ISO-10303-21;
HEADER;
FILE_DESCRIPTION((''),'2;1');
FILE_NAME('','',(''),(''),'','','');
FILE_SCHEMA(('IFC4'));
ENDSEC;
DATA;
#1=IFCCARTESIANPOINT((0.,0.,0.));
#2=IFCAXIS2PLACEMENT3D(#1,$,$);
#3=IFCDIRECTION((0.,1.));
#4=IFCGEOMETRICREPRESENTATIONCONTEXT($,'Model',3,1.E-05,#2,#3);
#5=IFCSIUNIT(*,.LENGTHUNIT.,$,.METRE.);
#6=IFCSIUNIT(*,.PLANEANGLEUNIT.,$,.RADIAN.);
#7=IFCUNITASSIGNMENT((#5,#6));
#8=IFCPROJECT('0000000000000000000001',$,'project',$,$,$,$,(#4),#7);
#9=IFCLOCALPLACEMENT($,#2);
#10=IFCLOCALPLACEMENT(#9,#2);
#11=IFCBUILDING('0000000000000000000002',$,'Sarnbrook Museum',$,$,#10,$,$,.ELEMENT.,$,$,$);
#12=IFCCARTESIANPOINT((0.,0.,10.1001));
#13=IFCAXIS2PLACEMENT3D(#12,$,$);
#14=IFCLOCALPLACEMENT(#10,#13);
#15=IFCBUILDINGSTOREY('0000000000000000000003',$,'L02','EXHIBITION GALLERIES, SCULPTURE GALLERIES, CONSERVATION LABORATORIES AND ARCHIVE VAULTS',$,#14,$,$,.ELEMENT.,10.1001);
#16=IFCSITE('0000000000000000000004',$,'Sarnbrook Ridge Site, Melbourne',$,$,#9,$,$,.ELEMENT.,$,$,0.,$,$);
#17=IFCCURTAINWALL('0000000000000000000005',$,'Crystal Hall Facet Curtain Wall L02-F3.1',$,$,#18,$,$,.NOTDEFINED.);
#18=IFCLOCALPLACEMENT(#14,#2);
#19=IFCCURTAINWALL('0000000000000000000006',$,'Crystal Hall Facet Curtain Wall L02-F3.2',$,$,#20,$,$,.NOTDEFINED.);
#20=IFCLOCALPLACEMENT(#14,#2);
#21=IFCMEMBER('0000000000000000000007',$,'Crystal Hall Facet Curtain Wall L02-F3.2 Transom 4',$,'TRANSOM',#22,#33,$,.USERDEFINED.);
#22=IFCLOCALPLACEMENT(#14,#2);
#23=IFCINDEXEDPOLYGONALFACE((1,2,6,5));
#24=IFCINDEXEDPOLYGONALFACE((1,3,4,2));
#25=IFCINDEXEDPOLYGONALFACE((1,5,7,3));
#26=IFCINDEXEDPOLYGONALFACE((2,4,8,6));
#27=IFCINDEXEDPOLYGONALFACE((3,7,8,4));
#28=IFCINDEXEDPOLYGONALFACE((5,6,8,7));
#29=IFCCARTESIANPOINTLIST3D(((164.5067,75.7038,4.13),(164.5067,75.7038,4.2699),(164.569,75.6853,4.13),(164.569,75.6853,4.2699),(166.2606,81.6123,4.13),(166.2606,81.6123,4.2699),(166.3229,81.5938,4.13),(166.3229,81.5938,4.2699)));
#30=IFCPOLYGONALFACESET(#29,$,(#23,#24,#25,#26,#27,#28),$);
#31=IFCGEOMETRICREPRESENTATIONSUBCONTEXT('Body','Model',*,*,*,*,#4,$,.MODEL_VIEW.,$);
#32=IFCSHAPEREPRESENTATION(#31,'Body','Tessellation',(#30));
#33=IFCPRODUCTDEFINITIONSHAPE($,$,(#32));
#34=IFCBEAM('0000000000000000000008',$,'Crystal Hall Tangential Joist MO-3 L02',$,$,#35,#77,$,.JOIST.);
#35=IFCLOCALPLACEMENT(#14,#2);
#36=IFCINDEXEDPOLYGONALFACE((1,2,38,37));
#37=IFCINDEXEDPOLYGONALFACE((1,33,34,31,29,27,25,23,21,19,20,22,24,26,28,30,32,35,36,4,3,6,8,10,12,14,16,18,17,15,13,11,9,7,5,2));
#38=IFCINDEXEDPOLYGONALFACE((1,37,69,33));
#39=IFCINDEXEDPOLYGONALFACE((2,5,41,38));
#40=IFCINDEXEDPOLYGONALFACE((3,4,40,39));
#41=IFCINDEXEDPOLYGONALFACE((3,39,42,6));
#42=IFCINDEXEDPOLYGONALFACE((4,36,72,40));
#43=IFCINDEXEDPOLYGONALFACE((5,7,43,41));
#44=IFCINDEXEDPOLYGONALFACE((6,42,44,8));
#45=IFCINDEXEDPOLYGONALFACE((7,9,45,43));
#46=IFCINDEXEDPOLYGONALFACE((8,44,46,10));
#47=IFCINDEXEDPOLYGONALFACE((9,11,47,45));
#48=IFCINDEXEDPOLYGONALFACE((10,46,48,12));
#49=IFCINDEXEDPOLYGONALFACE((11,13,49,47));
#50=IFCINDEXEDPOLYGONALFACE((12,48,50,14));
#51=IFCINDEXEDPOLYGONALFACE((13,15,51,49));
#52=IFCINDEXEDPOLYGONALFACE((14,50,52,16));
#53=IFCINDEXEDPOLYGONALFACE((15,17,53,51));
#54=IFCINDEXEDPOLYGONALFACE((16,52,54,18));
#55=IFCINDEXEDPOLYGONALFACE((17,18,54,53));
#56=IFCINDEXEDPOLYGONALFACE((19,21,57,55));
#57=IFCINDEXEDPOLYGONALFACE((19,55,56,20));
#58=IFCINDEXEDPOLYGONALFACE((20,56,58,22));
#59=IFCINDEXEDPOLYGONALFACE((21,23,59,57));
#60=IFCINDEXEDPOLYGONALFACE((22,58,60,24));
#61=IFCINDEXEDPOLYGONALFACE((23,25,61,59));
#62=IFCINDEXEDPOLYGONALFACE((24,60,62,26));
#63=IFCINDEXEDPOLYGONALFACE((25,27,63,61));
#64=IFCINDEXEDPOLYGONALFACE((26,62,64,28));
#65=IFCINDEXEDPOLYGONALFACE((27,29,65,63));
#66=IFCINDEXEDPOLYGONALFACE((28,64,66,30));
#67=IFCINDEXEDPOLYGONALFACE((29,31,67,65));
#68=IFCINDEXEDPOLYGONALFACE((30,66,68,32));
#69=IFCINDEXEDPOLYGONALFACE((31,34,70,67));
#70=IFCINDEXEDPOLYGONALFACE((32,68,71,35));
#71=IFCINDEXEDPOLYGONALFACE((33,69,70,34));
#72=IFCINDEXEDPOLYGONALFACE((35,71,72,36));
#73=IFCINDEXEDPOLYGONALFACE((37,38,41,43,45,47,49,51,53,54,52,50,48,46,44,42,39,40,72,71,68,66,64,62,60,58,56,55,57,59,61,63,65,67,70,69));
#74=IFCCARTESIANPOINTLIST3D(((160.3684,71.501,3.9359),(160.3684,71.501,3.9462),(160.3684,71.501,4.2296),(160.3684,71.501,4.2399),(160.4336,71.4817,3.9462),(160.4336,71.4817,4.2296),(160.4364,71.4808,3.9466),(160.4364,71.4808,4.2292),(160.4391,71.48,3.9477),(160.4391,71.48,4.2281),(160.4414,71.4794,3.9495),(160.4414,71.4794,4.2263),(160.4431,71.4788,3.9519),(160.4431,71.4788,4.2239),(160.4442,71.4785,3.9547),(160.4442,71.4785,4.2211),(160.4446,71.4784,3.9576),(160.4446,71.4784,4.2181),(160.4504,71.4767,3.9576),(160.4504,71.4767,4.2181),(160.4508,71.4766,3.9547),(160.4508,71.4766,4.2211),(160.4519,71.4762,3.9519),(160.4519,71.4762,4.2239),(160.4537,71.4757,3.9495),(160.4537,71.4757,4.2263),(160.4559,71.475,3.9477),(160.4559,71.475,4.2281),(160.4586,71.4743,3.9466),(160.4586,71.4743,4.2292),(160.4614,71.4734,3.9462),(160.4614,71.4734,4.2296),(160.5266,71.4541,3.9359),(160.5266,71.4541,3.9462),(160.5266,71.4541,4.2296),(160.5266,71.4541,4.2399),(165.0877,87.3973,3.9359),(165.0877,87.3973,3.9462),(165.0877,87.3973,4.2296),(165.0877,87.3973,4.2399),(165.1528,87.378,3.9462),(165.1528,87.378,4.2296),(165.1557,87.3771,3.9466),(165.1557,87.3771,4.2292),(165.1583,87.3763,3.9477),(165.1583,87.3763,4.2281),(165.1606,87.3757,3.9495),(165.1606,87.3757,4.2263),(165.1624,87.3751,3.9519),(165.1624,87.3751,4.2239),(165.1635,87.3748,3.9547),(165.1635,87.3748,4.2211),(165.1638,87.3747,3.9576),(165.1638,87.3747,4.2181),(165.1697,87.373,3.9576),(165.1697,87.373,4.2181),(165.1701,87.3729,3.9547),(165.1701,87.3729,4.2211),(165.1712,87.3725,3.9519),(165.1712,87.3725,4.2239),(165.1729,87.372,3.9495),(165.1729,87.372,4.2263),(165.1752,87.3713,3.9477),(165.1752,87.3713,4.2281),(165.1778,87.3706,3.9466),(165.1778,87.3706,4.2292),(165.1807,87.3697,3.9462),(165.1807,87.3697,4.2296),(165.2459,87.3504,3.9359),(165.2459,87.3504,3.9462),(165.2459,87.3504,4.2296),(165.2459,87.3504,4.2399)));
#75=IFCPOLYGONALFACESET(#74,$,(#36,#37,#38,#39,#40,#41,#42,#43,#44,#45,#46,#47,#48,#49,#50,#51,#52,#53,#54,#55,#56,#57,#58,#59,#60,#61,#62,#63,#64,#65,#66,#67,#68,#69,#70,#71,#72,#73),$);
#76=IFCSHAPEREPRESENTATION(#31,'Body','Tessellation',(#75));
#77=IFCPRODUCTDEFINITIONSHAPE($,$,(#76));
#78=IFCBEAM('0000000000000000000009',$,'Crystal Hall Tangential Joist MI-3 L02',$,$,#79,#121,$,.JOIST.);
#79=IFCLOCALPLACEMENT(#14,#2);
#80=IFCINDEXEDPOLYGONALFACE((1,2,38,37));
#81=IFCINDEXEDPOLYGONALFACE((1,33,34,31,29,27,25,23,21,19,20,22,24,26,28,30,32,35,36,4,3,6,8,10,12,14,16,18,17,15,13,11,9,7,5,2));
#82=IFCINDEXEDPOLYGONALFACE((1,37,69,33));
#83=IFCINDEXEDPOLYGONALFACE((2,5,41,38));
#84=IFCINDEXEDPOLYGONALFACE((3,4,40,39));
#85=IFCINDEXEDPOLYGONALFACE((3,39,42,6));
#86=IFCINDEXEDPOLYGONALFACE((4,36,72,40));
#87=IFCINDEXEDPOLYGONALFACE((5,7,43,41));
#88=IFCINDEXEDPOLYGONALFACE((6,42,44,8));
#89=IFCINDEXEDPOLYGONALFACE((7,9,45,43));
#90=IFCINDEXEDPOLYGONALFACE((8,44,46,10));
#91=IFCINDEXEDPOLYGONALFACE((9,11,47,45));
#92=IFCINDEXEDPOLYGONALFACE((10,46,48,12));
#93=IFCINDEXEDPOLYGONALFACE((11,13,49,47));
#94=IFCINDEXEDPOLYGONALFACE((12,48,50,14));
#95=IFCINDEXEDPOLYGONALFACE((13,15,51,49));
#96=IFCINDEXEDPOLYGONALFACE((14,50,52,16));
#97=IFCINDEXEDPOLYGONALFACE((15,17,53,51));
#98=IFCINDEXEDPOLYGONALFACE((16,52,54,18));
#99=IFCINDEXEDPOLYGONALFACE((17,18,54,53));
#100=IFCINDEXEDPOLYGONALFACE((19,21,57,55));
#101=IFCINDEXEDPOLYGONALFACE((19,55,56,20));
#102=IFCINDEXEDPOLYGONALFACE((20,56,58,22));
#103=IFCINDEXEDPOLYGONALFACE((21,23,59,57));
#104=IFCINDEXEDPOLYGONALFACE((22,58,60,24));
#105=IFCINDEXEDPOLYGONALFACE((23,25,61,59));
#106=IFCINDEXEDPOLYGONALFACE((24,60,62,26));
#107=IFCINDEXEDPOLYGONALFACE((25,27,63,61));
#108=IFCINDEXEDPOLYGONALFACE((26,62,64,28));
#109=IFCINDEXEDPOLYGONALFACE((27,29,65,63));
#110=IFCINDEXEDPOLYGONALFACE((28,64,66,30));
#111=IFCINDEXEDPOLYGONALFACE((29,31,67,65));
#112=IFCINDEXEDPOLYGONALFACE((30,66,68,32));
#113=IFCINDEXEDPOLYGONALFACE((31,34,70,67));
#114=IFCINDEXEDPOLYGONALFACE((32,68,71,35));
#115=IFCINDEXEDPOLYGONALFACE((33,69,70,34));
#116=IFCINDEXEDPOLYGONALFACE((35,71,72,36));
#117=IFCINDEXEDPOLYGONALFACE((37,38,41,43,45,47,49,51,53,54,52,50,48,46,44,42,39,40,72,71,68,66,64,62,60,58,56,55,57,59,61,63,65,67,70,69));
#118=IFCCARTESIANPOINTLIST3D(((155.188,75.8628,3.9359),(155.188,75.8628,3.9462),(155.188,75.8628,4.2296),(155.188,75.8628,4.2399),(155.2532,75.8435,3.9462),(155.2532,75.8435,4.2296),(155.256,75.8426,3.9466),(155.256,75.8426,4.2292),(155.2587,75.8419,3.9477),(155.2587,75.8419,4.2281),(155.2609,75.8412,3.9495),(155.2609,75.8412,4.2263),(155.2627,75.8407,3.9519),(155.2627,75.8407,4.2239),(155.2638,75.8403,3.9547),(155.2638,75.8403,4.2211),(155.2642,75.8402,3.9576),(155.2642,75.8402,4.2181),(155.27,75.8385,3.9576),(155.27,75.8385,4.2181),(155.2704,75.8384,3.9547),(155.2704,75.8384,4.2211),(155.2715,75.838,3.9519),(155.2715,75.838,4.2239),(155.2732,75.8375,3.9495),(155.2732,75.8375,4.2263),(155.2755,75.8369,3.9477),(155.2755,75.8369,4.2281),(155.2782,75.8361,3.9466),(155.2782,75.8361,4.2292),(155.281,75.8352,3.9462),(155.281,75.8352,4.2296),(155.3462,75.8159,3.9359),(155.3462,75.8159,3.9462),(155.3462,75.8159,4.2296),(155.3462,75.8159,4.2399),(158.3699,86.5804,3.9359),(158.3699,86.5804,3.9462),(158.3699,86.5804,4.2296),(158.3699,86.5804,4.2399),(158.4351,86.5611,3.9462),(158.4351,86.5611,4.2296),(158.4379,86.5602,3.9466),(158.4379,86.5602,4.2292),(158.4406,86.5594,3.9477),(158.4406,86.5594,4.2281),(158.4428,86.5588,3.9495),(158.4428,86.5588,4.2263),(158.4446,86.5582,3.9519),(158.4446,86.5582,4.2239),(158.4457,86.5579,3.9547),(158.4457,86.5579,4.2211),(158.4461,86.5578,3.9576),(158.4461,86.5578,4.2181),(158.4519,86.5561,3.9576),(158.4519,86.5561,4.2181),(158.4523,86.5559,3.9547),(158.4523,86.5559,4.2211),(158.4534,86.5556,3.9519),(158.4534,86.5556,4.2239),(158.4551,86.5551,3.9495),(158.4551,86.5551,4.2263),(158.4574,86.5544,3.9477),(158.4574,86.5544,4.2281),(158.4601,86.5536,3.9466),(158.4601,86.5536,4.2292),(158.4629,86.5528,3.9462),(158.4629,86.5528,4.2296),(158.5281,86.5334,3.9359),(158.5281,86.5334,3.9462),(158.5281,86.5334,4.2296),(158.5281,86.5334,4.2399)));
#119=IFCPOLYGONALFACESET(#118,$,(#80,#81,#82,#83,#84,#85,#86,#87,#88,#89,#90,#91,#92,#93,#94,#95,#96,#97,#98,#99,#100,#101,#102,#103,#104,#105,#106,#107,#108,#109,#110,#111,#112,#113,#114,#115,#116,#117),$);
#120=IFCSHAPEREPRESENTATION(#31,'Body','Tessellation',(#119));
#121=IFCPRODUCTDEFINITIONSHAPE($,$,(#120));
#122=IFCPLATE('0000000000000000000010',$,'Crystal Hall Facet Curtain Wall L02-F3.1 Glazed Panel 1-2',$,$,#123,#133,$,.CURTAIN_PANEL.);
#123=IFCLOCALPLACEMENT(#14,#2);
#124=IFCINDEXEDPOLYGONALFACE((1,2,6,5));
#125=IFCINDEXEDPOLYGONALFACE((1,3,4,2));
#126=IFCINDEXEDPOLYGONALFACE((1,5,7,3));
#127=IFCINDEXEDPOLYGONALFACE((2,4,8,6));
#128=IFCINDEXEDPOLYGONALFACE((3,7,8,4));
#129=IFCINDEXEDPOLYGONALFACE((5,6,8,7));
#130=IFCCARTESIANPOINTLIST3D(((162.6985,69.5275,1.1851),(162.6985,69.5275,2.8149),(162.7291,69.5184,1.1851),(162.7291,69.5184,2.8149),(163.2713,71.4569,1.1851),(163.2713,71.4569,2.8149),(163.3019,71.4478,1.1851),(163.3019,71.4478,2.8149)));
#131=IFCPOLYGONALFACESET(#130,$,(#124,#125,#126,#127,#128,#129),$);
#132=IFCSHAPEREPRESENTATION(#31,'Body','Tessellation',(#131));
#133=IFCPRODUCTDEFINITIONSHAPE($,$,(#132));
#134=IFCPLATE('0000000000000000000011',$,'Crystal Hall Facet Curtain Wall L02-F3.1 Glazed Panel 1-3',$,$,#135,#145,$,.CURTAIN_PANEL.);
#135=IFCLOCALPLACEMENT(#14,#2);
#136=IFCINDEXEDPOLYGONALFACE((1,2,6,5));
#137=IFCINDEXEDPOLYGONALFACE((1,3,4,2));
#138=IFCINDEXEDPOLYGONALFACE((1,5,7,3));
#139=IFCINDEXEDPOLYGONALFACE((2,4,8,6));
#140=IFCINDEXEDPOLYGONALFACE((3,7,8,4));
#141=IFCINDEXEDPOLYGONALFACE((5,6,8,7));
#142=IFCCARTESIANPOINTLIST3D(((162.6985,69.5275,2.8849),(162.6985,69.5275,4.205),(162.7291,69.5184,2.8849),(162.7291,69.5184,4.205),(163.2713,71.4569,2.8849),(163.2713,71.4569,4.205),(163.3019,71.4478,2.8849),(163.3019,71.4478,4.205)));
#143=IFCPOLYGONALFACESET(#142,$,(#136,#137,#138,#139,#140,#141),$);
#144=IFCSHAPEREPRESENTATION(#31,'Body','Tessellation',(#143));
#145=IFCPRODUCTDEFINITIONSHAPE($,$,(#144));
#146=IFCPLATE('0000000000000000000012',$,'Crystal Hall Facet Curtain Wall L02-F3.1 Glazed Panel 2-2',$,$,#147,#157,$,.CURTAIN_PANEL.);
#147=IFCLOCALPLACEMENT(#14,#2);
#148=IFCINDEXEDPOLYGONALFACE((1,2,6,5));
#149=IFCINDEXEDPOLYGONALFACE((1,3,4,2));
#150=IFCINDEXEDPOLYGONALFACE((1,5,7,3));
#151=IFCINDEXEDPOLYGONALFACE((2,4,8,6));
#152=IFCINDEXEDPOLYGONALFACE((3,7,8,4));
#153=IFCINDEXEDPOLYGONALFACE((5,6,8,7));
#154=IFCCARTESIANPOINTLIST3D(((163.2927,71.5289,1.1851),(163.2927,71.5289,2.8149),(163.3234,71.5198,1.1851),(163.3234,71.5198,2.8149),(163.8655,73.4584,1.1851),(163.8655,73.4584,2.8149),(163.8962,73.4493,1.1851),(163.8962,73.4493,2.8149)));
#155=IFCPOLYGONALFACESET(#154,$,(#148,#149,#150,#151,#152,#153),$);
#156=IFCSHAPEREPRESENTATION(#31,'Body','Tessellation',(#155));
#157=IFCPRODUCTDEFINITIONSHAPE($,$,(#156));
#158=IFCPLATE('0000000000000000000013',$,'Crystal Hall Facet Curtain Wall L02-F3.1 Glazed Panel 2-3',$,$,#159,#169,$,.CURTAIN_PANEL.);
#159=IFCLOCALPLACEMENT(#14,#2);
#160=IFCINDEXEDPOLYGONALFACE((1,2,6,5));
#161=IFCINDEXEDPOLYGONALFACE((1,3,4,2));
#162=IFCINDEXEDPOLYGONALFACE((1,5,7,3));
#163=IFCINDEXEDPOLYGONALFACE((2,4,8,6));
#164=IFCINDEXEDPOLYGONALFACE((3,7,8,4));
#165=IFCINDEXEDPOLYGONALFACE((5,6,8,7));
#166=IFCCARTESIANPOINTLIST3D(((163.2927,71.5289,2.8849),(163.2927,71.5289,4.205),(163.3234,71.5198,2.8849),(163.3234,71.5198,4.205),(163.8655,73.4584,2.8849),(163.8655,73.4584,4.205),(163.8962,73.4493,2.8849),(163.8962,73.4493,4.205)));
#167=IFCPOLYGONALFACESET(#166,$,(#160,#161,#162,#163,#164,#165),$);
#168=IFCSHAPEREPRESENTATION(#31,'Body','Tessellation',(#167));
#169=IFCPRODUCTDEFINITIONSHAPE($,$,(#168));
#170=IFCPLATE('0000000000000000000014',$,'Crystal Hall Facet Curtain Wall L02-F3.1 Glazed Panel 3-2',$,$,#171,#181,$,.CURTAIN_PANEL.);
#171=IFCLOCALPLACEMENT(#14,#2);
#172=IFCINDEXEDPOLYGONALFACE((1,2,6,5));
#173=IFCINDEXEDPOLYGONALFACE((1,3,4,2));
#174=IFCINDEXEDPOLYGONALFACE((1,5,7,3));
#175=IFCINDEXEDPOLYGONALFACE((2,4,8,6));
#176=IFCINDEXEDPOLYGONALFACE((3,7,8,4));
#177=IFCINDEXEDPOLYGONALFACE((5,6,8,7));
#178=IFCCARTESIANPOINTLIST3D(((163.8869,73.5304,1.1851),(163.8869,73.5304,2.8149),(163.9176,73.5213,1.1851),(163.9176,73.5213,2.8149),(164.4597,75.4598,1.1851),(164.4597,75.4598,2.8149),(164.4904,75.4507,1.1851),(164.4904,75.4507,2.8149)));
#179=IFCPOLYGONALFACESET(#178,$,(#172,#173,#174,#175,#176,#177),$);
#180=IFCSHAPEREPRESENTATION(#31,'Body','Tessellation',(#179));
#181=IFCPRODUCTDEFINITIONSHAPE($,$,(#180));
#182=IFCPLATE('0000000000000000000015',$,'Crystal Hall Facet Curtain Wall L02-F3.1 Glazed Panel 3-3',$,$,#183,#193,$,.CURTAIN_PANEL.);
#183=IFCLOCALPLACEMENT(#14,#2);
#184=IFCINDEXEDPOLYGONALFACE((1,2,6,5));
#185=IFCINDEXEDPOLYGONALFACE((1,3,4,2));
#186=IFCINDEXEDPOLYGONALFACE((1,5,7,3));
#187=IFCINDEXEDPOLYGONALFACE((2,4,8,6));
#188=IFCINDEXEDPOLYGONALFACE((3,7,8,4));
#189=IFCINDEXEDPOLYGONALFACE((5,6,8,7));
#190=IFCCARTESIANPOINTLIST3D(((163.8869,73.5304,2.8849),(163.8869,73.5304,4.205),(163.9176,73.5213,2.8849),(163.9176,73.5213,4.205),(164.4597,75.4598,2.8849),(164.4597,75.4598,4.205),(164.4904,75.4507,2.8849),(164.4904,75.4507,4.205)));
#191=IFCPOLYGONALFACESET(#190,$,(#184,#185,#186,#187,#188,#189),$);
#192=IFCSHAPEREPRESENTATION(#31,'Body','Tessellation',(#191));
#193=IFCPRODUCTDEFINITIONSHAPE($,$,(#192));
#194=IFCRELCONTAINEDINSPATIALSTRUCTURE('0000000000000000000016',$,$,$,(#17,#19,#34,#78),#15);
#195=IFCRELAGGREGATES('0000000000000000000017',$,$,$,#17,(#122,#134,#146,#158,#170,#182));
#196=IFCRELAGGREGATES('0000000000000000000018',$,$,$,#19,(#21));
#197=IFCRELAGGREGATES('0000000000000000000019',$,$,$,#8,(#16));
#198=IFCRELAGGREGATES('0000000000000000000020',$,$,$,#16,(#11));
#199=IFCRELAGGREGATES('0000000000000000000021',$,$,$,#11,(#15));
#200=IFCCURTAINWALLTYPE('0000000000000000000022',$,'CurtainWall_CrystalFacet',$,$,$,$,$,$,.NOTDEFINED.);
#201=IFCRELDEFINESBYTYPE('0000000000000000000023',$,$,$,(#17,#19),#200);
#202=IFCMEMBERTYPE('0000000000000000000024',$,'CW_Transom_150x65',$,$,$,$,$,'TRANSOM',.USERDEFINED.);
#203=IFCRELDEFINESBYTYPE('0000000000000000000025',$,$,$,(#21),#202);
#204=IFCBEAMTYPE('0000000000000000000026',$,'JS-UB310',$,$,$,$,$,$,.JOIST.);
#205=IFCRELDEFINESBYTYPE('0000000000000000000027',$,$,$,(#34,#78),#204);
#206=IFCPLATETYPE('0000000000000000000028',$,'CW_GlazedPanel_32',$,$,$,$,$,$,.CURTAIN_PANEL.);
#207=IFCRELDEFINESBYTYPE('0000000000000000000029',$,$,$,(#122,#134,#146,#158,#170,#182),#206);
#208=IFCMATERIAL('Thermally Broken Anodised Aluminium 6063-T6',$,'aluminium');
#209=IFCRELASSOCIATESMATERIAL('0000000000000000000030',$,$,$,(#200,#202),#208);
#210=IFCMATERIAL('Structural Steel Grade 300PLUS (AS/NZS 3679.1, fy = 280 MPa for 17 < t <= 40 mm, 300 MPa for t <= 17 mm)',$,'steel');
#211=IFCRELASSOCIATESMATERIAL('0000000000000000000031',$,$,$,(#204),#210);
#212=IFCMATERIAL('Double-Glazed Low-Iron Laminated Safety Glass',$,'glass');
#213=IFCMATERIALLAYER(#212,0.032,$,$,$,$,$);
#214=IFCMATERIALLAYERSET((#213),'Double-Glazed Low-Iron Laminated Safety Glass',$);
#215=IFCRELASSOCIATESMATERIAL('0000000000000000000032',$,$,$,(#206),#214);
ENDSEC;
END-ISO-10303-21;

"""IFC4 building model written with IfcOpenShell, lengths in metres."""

from ifc_helpers import new_model, si_unit, direction, frame, origin, origin_2d, place, context, subcontext, project, spatial, rectangle, i_section, extrude, material, layer, layer_set, material_profile, profile_set, type_object, element, aggregate, save


model = new_model("IFC4")

# Units and contexts
model_context = context("Model", 3, precision=1e-05, world=origin(), true_north=direction((0.0, 1.0)))
body_context = subcontext(model_context, "Body", "Model", "MODEL_VIEW")
ifc_project = project(units=[si_unit("LENGTHUNIT", "METRE"), si_unit("PLANEANGLEUNIT", "RADIAN")], contexts=[model_context])

# Site, building, storey
site_placement = place(None, origin())
site = spatial("IfcSite", under=ifc_project, at=site_placement, Name="Sarnbrook Ridge Site, Melbourne", CompositionType="ELEMENT", RefElevation=0.0)
building_placement = place(site_placement, origin())
building = spatial("IfcBuilding", under=site, at=building_placement, Name="Sarnbrook Museum", CompositionType="ELEMENT")
storey_placement = place(building_placement, frame((0.0, 0.0, 10.1001)))
storey = spatial("IfcBuildingStorey", under=building, at=storey_placement, Name="L02", Description="EXHIBITION GALLERIES, SCULPTURE GALLERIES, CONSERVATION LABORATORIES AND ARCHIVE VAULTS", CompositionType="ELEMENT", Elevation=10.1001)

# Curtain walls
ifc_material_1 = material(Name="Thermally Broken Anodised Aluminium 6063-T6", Category="aluminium")
curtain_wall_type = type_object("IfcCurtainWallType", Name="CurtainWall_CrystalFacet", PredefinedType="NOTDEFINED", material=ifc_material_1)
curtain_wall_1_placement = place(storey_placement, origin())
curtain_wall_1 = element("IfcCurtainWall", 1, at=curtain_wall_1_placement, inside=storey, type_object=curtain_wall_type, Name="Crystal Hall Facet Curtain Wall L02-F3.1", PredefinedType="NOTDEFINED")
curtain_wall_2_placement = place(storey_placement, origin())
curtain_wall_2 = element("IfcCurtainWall", 2, at=curtain_wall_2_placement, inside=storey, type_object=curtain_wall_type, Name="Crystal Hall Facet Curtain Wall L02-F3.2", PredefinedType="NOTDEFINED")

# Member
ifc_material_profile_1 = material_profile(ifc_material_1, rectangle(XDim=0.0649, YDim=0.1399, at=origin_2d()), Name="ALU TRANSOM 65x140")
ifc_profile_set_1 = profile_set([ifc_material_profile_1], Name="Thermally Broken Anodised Aluminium 6063-T6")
member_type_1 = type_object("IfcMemberType", Name="CW_Transom_150x65", ElementType="TRANSOM", PredefinedType="USERDEFINED", material=ifc_profile_set_1)
member_1_placement = place(storey_placement, frame((164.5378, 75.6946, 4.2), z_axis=(0.284574, 0.958654, 0.0), x_axis=(-0.958654, 0.284574, 0.0)))
member_1 = element("IfcMember", 3, at=member_1_placement, type_object=member_type_1, Name="Crystal Hall Facet Curtain Wall L02-F3.2 Transom 4", ObjectType="TRANSOM", PredefinedType="USERDEFINED", context=body_context, shape_type="SweptSolid", body=[
    extrude(rectangle(XDim=0.0649, YDim=0.1399, at=origin_2d()), origin(), (0.0, 0.0, 1.0), 6.1633),
])

# Beams
ifc_material_2 = material(Name="Structural Steel Grade 300PLUS (AS/NZS 3679.1, fy = 280 MPa for 17 < t <= 40 mm, 300 MPa for t <= 17 mm)", Category="steel")
ifc_material_profile_2 = material_profile(ifc_material_2, i_section(OverallWidth=0.165, OverallDepth=0.304, WebThickness=0.0061, FlangeThickness=0.0103, FilletRadius=0.0115, at=origin_2d()), Name="310UB40.4")
ifc_profile_set_2 = profile_set([ifc_material_profile_2], Name="Structural Steel Grade 300PLUS (AS/NZS 3679.1, fy = 280 MPa for 17 < t <= 40 mm, 300 MPa for t <= 17 mm)")
beam_type_1 = type_object("IfcBeamType", Name="JS-UB310", PredefinedType="JOIST", material=ifc_profile_set_2)
beam_1_placement = place(storey_placement, frame((160.4475, 71.4775, 4.0879), z_axis=(0.284601, 0.958646, 0.0), x_axis=(-0.958646, 0.284601, 0.0)))
element("IfcBeam", 4, at=beam_1_placement, inside=storey, type_object=beam_type_1, Name="Crystal Hall Tangential Joist MO-3 L02", PredefinedType="JOIST", context=body_context, shape_type="SweptSolid", body=[
    extrude(i_section(OverallWidth=0.165, OverallDepth=0.304, WebThickness=0.0061, FlangeThickness=0.0103, FilletRadius=0.0115, at=origin_2d()), origin(), (0.0, 0.0, 1.0), 16.582),
])
beam_2_placement = place(storey_placement, frame((155.2671, 75.8394, 4.0879), z_axis=(0.284608, 0.958644, 0.0), x_axis=(-0.958644, 0.284608, 0.0)))
element("IfcBeam", 5, at=beam_2_placement, inside=storey, type_object=beam_type_1, Name="Crystal Hall Tangential Joist MI-3 L02", PredefinedType="JOIST", context=body_context, shape_type="SweptSolid", body=[
    extrude(i_section(OverallWidth=0.165, OverallDepth=0.304, WebThickness=0.0061, FlangeThickness=0.0103, FilletRadius=0.0115, at=origin_2d()), origin(), (0.0, 0.0, 1.0), 11.1799),
])

# Plates
ifc_material_3 = material(Name="Double-Glazed Low-Iron Laminated Safety Glass", Category="glass")
ifc_layer_1 = layer(ifc_material_3, 0.032)
ifc_layer_set_1 = layer_set([ifc_layer_1], Name="Double-Glazed Low-Iron Laminated Safety Glass")
plate_type_1 = type_object("IfcPlateType", Name="CW_GlazedPanel_32", PredefinedType="CURTAIN_PANEL", material=ifc_layer_set_1)
plate_1_placement = place(storey_placement, frame((162.9849, 70.4922, 2.0), z_axis=(0.958646, -0.284601, 0.0), x_axis=(0.284601, 0.958646, 0.0)))
plate_1 = element("IfcPlate", 6, at=plate_1_placement, type_object=plate_type_1, Name="Crystal Hall Facet Curtain Wall L02-F3.1 Glazed Panel 1-2", PredefinedType="CURTAIN_PANEL", context=body_context, shape_type="SweptSolid", body=[
    extrude(rectangle(XDim=2.0127, YDim=1.6299, at=origin_2d()), origin(), (0.0, 0.0, 1.0), 0.032),
])
plate_2_placement = place(storey_placement, frame((162.9849, 70.4922, 3.5449), z_axis=(0.958646, -0.284601, 0.0), x_axis=(0.284601, 0.958646, 0.0)))
plate_2 = element("IfcPlate", 7, at=plate_2_placement, type_object=plate_type_1, Name="Crystal Hall Facet Curtain Wall L02-F3.1 Glazed Panel 1-3", PredefinedType="CURTAIN_PANEL", context=body_context, shape_type="SweptSolid", body=[
    extrude(rectangle(XDim=2.0127, YDim=1.3201, at=origin_2d()), origin(), (0.0, 0.0, 1.0), 0.032),
])
plate_3_placement = place(storey_placement, frame((163.5791, 72.4937, 2.0), z_axis=(0.958646, -0.284601, 0.0), x_axis=(0.284601, 0.958646, 0.0)))
plate_3 = element("IfcPlate", 8, at=plate_3_placement, type_object=plate_type_1, Name="Crystal Hall Facet Curtain Wall L02-F3.1 Glazed Panel 2-2", PredefinedType="CURTAIN_PANEL", context=body_context, shape_type="SweptSolid", body=[
    extrude(rectangle(XDim=2.0127, YDim=1.6299, at=origin_2d()), origin(), (0.0, 0.0, 1.0), 0.032),
])
plate_4_placement = place(storey_placement, frame((163.5791, 72.4937, 3.5449), z_axis=(0.958646, -0.284601, 0.0), x_axis=(0.284601, 0.958646, 0.0)))
plate_4 = element("IfcPlate", 9, at=plate_4_placement, type_object=plate_type_1, Name="Crystal Hall Facet Curtain Wall L02-F3.1 Glazed Panel 2-3", PredefinedType="CURTAIN_PANEL", context=body_context, shape_type="SweptSolid", body=[
    extrude(rectangle(XDim=2.0127, YDim=1.3201, at=origin_2d()), origin(), (0.0, 0.0, 1.0), 0.032),
])
plate_5_placement = place(storey_placement, frame((164.1733, 74.4951, 2.0), z_axis=(0.958646, -0.284601, 0.0), x_axis=(0.284601, 0.958646, 0.0)))
plate_5 = element("IfcPlate", 10, at=plate_5_placement, type_object=plate_type_1, Name="Crystal Hall Facet Curtain Wall L02-F3.1 Glazed Panel 3-2", PredefinedType="CURTAIN_PANEL", context=body_context, shape_type="SweptSolid", body=[
    extrude(rectangle(XDim=2.0127, YDim=1.6299, at=origin_2d()), origin(), (0.0, 0.0, 1.0), 0.032),
])
plate_6_placement = place(storey_placement, frame((164.1733, 74.4951, 3.5449), z_axis=(0.958646, -0.284601, 0.0), x_axis=(0.284601, 0.958646, 0.0)))
plate_6 = element("IfcPlate", 11, at=plate_6_placement, type_object=plate_type_1, Name="Crystal Hall Facet Curtain Wall L02-F3.1 Glazed Panel 3-3", PredefinedType="CURTAIN_PANEL", context=body_context, shape_type="SweptSolid", body=[
    extrude(rectangle(XDim=2.0127, YDim=1.3201, at=origin_2d()), origin(), (0.0, 0.0, 1.0), 0.032),
])
aggregate(curtain_wall_1, [plate_1, plate_2, plate_3, plate_4, plate_5, plate_6])
aggregate(curtain_wall_2, [member_1])

save(model, "model.ifc")
